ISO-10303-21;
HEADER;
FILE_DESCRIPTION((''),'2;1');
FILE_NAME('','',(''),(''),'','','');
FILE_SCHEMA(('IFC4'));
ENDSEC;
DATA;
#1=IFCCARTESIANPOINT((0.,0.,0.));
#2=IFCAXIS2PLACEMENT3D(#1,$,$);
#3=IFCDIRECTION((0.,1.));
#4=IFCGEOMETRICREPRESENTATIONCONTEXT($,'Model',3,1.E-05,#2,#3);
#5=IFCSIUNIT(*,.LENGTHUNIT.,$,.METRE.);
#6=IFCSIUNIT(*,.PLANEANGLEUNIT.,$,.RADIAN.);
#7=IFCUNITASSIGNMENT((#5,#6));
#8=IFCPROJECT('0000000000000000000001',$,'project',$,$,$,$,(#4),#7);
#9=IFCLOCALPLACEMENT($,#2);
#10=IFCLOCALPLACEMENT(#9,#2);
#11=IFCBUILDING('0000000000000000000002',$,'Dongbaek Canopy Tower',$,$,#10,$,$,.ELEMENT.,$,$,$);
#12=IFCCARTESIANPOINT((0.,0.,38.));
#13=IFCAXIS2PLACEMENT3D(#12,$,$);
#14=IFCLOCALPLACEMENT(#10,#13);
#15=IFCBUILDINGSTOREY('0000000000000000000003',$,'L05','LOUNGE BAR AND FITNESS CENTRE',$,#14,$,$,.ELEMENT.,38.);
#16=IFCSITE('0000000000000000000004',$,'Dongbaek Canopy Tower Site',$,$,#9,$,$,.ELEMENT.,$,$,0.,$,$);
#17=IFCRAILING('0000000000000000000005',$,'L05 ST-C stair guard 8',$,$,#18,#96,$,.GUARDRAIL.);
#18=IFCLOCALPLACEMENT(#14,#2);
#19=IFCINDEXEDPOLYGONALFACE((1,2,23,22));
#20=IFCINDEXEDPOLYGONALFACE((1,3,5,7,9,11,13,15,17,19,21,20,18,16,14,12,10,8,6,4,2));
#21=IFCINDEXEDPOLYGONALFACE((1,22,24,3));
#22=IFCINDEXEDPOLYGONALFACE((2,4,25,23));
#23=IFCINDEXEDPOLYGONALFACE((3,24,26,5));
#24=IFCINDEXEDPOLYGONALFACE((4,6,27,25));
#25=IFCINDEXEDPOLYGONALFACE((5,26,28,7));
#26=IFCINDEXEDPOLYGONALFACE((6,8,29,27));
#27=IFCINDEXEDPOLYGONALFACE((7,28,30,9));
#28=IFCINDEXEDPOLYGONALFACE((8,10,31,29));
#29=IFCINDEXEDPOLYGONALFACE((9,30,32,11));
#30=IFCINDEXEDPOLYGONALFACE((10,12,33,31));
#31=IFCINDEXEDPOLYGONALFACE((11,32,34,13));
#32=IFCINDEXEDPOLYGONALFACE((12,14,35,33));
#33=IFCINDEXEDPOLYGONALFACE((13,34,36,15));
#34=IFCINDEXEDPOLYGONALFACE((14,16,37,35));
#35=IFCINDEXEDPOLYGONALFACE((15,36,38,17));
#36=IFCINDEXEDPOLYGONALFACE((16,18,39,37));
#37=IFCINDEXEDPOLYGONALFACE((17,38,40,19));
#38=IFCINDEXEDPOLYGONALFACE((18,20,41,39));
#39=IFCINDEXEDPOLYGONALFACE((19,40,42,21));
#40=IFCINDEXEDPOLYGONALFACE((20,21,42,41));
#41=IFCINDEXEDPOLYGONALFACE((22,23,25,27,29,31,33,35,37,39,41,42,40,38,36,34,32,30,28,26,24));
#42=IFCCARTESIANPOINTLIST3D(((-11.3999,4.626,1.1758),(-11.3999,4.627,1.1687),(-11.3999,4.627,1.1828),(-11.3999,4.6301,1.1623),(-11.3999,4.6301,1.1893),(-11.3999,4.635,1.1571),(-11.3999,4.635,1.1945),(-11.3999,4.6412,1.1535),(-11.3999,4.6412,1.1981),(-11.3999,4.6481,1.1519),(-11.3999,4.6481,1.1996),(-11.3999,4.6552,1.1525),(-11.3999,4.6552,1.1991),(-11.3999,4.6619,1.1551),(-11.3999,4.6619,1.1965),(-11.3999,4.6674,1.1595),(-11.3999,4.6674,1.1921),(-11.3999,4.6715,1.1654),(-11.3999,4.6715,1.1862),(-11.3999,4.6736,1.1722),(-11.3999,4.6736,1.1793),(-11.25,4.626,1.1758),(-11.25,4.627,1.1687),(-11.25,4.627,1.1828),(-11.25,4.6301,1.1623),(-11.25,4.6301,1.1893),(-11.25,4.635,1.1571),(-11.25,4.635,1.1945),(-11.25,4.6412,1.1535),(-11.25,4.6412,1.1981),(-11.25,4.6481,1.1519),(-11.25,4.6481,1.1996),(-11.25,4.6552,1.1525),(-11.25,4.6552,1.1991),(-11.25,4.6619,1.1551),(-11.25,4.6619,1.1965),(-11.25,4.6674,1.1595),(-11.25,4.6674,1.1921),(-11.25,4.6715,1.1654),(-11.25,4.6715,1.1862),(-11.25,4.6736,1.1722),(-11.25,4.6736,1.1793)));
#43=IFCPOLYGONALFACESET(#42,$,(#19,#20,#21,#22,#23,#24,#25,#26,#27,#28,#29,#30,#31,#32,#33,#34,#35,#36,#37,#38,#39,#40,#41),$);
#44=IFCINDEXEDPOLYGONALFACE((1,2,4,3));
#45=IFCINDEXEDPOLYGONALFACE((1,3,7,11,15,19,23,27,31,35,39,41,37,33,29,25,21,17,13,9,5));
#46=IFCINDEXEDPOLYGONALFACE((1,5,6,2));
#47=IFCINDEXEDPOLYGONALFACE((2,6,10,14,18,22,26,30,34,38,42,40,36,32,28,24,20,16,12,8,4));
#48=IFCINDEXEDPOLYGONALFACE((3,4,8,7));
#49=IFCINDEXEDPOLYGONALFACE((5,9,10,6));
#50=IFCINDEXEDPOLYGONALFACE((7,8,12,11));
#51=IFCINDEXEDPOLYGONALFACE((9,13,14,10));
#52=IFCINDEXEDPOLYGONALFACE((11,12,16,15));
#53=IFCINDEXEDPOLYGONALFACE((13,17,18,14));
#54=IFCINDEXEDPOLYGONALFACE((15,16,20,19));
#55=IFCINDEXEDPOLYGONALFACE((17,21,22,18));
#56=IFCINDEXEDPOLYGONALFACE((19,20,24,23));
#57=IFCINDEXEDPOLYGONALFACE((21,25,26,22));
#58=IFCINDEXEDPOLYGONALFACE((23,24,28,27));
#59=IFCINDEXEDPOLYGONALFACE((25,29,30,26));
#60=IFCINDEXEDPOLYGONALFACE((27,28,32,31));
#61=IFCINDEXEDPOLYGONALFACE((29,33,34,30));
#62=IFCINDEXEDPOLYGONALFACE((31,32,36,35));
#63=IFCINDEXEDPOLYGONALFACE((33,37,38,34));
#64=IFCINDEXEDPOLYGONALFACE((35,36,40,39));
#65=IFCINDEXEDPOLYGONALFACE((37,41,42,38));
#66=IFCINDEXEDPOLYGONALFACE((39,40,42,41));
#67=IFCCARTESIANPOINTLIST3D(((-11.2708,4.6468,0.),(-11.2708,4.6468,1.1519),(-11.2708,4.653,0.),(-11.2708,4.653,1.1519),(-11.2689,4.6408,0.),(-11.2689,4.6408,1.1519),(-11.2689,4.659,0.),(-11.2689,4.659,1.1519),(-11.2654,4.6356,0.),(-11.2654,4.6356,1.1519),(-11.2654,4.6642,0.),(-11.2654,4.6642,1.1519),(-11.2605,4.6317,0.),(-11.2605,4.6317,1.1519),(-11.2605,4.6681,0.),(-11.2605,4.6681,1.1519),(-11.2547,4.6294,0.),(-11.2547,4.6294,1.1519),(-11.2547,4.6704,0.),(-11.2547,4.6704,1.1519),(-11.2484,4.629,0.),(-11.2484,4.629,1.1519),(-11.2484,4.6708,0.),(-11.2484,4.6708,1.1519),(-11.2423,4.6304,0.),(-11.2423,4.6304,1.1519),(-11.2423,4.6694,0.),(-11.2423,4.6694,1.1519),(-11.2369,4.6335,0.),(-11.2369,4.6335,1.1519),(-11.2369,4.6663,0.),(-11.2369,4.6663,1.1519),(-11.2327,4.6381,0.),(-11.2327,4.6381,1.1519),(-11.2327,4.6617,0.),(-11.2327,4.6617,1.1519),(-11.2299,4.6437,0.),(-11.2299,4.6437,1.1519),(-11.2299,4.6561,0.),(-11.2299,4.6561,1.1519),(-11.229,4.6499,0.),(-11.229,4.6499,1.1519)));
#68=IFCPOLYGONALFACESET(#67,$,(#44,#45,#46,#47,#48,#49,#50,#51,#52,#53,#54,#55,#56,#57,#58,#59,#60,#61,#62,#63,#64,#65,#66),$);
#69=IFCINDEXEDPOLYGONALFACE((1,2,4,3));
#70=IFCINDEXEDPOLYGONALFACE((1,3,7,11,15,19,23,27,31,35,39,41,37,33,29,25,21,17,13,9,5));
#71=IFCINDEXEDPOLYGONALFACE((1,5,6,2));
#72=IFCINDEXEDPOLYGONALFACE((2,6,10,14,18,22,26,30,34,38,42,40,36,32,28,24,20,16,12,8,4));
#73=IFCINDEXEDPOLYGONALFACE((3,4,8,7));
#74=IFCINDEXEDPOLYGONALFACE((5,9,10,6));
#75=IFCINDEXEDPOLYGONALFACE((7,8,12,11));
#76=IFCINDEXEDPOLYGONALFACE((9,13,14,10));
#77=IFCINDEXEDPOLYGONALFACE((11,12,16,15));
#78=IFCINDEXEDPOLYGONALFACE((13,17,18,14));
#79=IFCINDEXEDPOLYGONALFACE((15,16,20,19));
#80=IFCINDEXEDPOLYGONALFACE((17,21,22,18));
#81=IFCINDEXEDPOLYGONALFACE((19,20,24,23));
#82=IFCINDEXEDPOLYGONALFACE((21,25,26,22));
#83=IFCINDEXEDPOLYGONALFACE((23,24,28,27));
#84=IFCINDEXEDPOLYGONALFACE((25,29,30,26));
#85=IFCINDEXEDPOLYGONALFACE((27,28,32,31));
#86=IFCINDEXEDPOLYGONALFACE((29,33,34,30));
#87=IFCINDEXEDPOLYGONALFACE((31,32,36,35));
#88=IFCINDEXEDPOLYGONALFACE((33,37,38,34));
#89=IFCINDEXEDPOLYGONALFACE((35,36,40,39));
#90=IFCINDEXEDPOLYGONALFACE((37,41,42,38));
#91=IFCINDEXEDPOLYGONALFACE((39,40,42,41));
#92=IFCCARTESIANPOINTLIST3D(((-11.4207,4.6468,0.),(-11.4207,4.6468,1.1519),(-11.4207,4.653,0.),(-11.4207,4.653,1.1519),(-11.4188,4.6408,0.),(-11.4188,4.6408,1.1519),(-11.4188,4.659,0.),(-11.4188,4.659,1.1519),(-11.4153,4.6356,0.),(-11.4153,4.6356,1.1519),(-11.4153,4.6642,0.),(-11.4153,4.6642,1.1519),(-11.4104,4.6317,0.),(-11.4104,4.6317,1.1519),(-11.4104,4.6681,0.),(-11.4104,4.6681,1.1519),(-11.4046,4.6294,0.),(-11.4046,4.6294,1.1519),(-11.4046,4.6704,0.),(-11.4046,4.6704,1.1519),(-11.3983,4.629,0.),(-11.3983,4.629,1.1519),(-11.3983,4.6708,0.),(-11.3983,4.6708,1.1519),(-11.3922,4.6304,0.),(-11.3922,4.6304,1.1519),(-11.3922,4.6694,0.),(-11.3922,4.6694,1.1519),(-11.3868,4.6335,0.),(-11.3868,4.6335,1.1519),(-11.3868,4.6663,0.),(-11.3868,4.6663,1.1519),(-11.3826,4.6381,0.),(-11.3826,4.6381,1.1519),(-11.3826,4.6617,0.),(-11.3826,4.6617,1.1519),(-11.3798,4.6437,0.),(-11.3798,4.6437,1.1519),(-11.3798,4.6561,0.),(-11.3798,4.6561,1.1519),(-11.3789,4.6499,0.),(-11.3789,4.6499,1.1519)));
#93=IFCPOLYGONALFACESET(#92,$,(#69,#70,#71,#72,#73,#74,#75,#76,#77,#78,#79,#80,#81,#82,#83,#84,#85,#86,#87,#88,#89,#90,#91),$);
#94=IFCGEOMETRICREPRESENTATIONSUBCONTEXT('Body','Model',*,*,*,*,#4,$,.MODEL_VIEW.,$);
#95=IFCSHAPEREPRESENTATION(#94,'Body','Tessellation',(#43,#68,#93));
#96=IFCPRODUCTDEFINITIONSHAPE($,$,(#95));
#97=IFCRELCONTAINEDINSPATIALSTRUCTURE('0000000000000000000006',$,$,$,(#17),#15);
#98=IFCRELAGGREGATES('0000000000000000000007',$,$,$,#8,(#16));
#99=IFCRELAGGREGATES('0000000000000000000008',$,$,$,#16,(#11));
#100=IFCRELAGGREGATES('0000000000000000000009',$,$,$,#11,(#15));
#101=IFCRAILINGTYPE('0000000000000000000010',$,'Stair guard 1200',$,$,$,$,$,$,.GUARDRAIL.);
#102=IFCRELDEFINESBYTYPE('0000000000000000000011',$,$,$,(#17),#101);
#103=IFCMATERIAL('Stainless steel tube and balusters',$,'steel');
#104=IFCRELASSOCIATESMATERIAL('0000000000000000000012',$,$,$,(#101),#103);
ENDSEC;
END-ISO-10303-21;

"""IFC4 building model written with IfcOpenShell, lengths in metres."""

from ifc_helpers import new_model, si_unit, direction, frame, origin, origin_2d, place, context, subcontext, project, spatial, circle, extrude, material, type_object, element, save


model = new_model("IFC4")

# Units and contexts
model_context = context("Model", 3, precision=1e-05, world=origin(), true_north=direction((0.0, 1.0)))
body_context = subcontext(model_context, "Body", "Model", "MODEL_VIEW")
ifc_project = project(units=[si_unit("LENGTHUNIT", "METRE"), si_unit("PLANEANGLEUNIT", "RADIAN")], contexts=[model_context])

# Site, building, storey
site_placement = place(None, origin())
site = spatial("IfcSite", under=ifc_project, at=site_placement, Name="Dongbaek Canopy Tower Site", CompositionType="ELEMENT", RefElevation=0.0)
building_placement = place(site_placement, origin())
building = spatial("IfcBuilding", under=site, at=building_placement, Name="Dongbaek Canopy Tower", CompositionType="ELEMENT")
storey_placement = place(building_placement, frame((0.0, 0.0, 38.0)))
storey = spatial("IfcBuildingStorey", under=building, at=storey_placement, Name="L05", Description="LOUNGE BAR AND FITNESS CENTRE", CompositionType="ELEMENT", Elevation=38.0)

# Railing
ifc_material_1 = material(Name="Stainless steel tube and balusters", Category="steel")
railing_type_1 = type_object("IfcRailingType", Name="Stair guard 1200", PredefinedType="GUARDRAIL", material=ifc_material_1)
railing_1_placement = place(storey_placement, frame((-11.25, 4.6499, 0.0)))
element("IfcRailing", 1, at=railing_1_placement, inside=storey, type_object=railing_type_1, Name="L05 ST-C stair guard 8", PredefinedType="GUARDRAIL", context=body_context, shape_type="SweptSolid", body=[
    extrude(circle(Radius=0.0239, at=origin_2d()), frame((0.0, 0.0, 1.1758), z_axis=(-1.0, 0.0, 0.0), x_axis=(0.0, -1.0, 0.0)), (0.0, 0.0, 1.0), 0.1499),
    extrude(circle(Radius=0.021, at=origin_2d()), origin(), (0.0, 0.0, 1.0), 1.1519),
    extrude(circle(Radius=0.021, at=origin_2d()), frame((-0.1499, 0.0, 0.0)), (0.0, 0.0, 1.0), 1.1519),
])

save(model, "model.ifc")
